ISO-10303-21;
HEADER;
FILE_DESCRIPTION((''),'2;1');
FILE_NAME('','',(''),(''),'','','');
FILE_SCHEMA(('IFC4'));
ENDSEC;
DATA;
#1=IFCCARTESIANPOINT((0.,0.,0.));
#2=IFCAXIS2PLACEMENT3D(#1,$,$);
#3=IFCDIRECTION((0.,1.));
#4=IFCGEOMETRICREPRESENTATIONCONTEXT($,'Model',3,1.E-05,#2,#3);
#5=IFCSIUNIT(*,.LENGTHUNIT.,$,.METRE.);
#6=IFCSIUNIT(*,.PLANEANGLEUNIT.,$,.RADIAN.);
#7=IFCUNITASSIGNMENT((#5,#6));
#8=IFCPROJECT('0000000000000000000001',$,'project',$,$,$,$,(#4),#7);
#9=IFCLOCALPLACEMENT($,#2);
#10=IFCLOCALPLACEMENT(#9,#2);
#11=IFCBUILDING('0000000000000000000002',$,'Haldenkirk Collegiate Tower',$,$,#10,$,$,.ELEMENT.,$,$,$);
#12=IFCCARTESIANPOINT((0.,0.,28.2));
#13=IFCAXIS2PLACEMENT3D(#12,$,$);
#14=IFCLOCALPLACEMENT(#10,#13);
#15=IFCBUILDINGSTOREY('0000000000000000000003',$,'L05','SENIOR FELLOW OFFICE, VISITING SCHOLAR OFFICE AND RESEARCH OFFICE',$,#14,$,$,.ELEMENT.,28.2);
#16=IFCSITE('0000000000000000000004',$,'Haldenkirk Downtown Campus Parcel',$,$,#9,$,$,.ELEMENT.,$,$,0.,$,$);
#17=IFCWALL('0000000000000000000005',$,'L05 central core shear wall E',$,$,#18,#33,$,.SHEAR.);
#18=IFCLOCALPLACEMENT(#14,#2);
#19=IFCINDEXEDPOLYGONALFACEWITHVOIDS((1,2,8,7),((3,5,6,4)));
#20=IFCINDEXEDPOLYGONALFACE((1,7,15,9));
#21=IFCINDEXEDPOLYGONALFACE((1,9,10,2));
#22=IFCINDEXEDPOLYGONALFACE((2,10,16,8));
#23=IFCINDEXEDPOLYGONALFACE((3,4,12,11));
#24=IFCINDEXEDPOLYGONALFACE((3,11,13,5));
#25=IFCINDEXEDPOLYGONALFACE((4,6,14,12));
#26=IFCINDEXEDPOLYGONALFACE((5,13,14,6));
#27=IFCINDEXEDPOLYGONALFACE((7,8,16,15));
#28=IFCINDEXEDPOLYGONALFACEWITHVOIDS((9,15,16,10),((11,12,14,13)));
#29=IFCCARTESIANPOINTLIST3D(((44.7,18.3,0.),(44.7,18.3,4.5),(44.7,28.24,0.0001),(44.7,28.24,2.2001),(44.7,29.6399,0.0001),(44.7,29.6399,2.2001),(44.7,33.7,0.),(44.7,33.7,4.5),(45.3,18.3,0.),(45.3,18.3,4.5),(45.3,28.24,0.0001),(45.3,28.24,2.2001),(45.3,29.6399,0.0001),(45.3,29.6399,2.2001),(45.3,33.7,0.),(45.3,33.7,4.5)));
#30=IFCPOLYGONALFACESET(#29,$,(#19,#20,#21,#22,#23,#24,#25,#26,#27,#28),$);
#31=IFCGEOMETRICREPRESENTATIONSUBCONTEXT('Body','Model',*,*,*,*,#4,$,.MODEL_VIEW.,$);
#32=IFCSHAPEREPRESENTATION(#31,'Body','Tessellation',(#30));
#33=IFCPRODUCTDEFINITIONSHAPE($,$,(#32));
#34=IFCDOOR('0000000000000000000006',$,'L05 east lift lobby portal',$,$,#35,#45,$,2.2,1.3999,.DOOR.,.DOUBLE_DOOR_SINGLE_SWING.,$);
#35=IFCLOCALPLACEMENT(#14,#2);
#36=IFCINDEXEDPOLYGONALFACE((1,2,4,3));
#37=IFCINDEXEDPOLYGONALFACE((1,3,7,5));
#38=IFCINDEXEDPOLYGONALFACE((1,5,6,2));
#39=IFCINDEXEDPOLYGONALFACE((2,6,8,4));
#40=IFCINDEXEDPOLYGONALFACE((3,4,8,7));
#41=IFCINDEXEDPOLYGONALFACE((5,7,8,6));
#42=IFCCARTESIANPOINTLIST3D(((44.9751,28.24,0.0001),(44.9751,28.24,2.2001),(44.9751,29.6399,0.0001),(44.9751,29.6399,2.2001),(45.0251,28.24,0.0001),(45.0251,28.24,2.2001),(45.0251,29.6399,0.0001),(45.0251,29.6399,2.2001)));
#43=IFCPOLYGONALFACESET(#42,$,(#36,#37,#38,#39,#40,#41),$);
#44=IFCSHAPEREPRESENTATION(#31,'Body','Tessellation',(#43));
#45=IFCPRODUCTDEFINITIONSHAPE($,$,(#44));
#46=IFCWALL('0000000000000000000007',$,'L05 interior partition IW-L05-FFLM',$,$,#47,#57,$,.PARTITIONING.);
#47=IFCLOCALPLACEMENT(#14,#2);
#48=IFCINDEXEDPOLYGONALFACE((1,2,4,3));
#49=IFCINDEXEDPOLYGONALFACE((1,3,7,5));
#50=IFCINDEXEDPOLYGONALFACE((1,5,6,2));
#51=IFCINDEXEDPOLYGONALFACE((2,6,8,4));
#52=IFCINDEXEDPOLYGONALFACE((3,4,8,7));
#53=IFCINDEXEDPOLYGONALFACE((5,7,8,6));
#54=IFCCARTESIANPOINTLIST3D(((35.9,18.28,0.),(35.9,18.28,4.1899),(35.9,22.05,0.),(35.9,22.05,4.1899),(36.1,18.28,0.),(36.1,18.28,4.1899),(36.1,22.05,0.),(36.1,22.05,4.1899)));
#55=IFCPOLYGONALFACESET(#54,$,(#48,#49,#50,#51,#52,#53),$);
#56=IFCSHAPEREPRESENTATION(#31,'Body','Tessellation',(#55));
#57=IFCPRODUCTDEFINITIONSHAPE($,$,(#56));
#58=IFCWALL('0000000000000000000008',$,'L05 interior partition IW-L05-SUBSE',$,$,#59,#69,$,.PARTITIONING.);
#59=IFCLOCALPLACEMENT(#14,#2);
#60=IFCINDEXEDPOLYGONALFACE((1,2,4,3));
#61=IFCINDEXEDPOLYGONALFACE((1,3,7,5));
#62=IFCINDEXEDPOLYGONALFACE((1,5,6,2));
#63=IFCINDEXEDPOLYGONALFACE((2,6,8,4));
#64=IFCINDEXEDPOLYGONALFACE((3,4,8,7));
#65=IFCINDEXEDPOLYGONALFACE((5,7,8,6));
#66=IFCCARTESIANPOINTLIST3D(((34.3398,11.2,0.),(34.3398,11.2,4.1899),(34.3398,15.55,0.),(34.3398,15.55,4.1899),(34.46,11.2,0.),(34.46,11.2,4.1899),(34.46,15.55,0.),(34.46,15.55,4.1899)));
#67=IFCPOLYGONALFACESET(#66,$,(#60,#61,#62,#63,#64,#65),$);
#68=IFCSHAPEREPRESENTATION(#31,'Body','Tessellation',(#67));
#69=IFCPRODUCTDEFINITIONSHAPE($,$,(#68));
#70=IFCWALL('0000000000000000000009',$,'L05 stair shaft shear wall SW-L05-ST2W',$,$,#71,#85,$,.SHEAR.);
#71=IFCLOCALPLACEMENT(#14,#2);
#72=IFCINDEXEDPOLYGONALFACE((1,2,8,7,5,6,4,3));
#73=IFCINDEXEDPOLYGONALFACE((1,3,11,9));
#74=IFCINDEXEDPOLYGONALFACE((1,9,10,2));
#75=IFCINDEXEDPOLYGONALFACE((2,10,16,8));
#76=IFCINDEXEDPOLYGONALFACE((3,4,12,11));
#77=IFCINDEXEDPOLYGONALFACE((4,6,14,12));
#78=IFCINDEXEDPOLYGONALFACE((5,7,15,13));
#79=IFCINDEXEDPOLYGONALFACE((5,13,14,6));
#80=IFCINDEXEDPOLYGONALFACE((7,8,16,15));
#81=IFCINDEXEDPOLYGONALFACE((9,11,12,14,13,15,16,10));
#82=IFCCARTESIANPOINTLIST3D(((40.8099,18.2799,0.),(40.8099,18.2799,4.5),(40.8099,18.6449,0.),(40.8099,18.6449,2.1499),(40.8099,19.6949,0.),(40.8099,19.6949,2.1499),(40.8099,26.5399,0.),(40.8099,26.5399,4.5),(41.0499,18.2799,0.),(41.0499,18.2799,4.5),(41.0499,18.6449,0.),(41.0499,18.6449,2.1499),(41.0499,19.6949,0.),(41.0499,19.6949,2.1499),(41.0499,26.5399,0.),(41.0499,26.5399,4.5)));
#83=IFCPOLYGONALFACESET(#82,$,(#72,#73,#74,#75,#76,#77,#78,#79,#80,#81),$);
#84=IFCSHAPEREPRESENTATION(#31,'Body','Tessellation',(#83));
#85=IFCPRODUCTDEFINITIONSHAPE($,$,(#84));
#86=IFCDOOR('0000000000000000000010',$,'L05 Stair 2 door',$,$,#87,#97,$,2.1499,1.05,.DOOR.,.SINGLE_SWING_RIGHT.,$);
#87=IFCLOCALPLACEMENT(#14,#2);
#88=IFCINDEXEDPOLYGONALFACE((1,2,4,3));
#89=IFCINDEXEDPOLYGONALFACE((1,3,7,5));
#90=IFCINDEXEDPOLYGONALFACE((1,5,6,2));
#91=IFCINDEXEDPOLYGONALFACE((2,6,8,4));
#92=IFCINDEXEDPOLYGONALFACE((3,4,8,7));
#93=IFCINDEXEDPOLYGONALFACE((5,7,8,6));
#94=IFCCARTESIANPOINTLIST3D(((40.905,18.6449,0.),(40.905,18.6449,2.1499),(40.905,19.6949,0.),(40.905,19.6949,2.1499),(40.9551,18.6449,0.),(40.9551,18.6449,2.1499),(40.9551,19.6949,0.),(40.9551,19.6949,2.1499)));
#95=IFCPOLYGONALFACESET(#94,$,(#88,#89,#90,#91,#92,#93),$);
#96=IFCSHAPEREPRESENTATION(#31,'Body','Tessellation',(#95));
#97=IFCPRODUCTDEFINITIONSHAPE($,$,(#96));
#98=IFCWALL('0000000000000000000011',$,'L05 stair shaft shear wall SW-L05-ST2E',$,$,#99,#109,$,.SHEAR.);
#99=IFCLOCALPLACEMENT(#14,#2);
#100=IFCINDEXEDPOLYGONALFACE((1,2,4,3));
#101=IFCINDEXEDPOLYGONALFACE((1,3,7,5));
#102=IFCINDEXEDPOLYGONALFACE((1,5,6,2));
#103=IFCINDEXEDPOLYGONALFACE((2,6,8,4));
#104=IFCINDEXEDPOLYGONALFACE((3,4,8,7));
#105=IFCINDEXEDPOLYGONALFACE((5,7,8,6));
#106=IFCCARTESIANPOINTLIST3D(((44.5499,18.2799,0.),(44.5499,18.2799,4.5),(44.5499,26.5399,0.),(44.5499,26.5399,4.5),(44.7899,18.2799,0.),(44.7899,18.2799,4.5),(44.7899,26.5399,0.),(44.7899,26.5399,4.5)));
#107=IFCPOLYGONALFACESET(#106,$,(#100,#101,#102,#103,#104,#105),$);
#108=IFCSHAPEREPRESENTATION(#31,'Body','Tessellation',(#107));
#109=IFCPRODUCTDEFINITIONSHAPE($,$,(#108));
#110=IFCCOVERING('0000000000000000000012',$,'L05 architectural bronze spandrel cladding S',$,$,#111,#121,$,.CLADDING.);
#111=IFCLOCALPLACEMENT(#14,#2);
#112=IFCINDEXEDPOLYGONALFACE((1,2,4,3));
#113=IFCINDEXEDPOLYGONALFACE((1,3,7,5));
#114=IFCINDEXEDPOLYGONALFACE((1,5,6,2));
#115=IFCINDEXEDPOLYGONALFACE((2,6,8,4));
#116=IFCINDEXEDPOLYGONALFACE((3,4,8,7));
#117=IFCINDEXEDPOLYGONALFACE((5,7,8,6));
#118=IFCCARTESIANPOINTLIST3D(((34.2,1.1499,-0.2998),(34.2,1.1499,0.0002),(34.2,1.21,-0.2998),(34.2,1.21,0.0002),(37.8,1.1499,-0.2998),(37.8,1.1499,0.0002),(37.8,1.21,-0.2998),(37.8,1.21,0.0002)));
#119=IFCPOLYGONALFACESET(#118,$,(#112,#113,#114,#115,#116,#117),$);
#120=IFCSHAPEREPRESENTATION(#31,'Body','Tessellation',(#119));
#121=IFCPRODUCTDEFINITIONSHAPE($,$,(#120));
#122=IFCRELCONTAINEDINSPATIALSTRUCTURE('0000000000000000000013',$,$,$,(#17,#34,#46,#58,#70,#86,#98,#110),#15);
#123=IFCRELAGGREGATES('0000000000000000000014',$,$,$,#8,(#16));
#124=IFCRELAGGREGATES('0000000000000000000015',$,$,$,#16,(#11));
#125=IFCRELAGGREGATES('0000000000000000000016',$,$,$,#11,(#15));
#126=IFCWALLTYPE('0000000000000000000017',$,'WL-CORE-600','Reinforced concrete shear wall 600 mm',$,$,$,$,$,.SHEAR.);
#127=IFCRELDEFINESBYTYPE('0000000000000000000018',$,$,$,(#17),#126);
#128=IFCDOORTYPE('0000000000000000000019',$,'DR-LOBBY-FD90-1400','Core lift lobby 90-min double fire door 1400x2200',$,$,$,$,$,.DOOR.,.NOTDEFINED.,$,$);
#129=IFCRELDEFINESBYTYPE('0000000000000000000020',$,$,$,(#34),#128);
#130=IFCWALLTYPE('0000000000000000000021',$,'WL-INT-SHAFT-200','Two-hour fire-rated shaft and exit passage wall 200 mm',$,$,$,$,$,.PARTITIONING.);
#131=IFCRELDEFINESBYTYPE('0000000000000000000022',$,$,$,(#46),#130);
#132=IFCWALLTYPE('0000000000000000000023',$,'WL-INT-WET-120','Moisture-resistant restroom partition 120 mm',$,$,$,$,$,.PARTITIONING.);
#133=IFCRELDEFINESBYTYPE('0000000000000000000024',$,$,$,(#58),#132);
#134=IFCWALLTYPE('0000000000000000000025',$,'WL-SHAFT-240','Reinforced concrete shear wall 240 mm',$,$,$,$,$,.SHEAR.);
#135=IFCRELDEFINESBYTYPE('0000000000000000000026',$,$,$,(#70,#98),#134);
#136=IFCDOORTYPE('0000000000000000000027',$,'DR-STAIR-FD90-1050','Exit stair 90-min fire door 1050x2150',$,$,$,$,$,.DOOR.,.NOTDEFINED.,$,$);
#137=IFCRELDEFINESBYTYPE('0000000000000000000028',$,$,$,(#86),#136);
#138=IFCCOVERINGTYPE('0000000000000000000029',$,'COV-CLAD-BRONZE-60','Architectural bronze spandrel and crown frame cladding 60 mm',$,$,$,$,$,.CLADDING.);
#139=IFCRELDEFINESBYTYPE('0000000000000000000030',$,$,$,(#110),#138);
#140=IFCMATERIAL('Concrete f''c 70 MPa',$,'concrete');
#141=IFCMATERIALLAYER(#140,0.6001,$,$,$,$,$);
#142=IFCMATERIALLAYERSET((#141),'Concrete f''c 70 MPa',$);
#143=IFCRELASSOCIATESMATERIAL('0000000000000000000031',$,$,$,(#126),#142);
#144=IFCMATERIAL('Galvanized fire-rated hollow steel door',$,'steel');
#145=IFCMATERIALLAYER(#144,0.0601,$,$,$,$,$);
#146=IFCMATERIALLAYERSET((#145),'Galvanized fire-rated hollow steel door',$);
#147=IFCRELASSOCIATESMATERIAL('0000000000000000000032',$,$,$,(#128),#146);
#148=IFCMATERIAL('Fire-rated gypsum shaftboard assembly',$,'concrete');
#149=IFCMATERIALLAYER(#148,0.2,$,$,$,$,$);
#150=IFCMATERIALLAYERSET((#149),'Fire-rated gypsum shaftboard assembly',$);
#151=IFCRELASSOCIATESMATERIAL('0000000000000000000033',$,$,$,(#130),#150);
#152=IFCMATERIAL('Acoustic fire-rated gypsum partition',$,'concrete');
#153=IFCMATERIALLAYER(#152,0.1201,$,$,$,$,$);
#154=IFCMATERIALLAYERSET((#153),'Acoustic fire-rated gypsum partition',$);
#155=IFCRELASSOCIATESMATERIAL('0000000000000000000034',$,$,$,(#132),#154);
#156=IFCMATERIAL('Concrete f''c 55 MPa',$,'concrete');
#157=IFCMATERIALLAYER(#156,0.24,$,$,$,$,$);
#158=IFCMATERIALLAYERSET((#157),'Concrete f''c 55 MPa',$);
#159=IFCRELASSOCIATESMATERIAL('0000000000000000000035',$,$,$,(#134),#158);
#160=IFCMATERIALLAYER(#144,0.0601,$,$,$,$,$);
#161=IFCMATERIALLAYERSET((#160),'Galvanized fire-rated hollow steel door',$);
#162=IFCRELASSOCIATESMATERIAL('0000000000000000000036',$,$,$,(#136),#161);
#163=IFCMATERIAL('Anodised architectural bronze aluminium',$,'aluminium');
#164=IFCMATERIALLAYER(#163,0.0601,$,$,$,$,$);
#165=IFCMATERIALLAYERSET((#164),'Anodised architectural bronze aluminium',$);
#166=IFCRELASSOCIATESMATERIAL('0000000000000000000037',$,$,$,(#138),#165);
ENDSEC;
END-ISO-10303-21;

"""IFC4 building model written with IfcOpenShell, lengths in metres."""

from ifc_helpers import new_model, si_unit, direction, frame, frame_2d, origin, origin_2d, place, context, subcontext, project, spatial, rectangle, extrude, source, transform, mapped, material, layer, layer_set, type_object, element, fill, save


model = new_model("IFC4")

# Units and contexts
model_context = context("Model", 3, precision=1e-05, world=origin(), true_north=direction((0.0, 1.0)))
body_context = subcontext(model_context, "Body", "Model", "MODEL_VIEW")
ifc_project = project(units=[si_unit("LENGTHUNIT", "METRE"), si_unit("PLANEANGLEUNIT", "RADIAN")], contexts=[model_context])

# Site, building, storey
site_placement = place(None, origin())
site = spatial("IfcSite", under=ifc_project, at=site_placement, Name="Haldenkirk Downtown Campus Parcel", CompositionType="ELEMENT", RefElevation=0.0)
building_placement = place(site_placement, origin())
building = spatial("IfcBuilding", under=site, at=building_placement, Name="Haldenkirk Collegiate Tower", CompositionType="ELEMENT")
storey_placement = place(building_placement, frame((0.0, 0.0, 28.2)))
storey = spatial("IfcBuildingStorey", under=building, at=storey_placement, Name="L05", Description="SENIOR FELLOW OFFICE, VISITING SCHOLAR OFFICE AND RESEARCH OFFICE", CompositionType="ELEMENT", Elevation=28.2)

# Shared definitions
ifc_material_1 = material(Name="Anodised architectural bronze aluminium", Category="aluminium")

# Wall, opening, door
ifc_material_2 = material(Name="Concrete f'c 70 MPa", Category="concrete")
ifc_layer_1 = layer(ifc_material_2, 0.6001)
ifc_layer_set_1 = layer_set([ifc_layer_1], Name="Concrete f'c 70 MPa")
wall_type_1 = type_object("IfcWallType", Name="WL-CORE-600", Description="Reinforced concrete shear wall 600 mm", PredefinedType="SHEAR", material=ifc_layer_set_1)
wall_1_placement = place(storey_placement, frame((45.0, 18.3, 0.0), z_axis=(0.0, 0.0, 1.0), x_axis=(0.0, 1.0, 0.0)))
wall_1 = element("IfcWall", 1, at=wall_1_placement, inside=storey, type_object=wall_type_1, Name="L05 central core shear wall E", PredefinedType="SHEAR", context=body_context, shape_type="SweptSolid", body=[
    extrude(rectangle(XDim=15.3999, YDim=0.6001, at=frame_2d((7.7, 0.0))), origin(), (0.0, 0.0, 1.0), 4.5),
])
opening_1_placement = place(wall_1_placement, frame((9.9399, 0.0, 0.0)))
opening_1 = element("IfcOpeningElement", 2, at=opening_1_placement, cuts=wall_1, PredefinedType="OPENING", context=body_context, shape_type="SweptSolid", body=[
    extrude(rectangle(XDim=1.3999, YDim=2.2, at=frame_2d((0.7, 1.1001))), frame((0.0, 0.3101, 0.0), z_axis=(0.0, -1.0, 0.0), x_axis=(1.0, 0.0, 0.0)), (0.0, 0.0, 1.0), 0.6201),
])
ifc_material_3 = material(Name="Galvanized fire-rated hollow steel door", Category="steel")
ifc_layer_2 = layer(ifc_material_3, 0.0601)
ifc_layer_set_2 = layer_set([ifc_layer_2], Name="Galvanized fire-rated hollow steel door")
door_type_1 = type_object("IfcDoorType", Name="DR-LOBBY-FD90-1400", Description="Core lift lobby 90-min double fire door 1400x2200", OperationType="NOTDEFINED", PredefinedType="DOOR", material=ifc_layer_set_2)
door_1_placement = place(opening_1_placement, origin())
door_1 = element("IfcDoor", 3, at=door_1_placement, inside=storey, type_object=door_type_1, Name="L05 east lift lobby portal", OperationType="DOUBLE_DOOR_SINGLE_SWING", OverallHeight=2.2, OverallWidth=1.3999, PredefinedType="DOOR", context=body_context, shape_type="SweptSolid", body=[
    extrude(rectangle(XDim=1.3999, YDim=2.2, at=frame_2d((0.7, 1.1001))), frame((0.0, 0.0249, 0.0), z_axis=(0.0, -1.0, 0.0), x_axis=(1.0, 0.0, 0.0)), (0.0, 0.0, 1.0), 0.05),
])
fill(opening_1, door_1)

# Walls
ifc_material_4 = material(Name="Fire-rated gypsum shaftboard assembly", Category="concrete")
ifc_layer_3 = layer(ifc_material_4, 0.2)
ifc_layer_set_3 = layer_set([ifc_layer_3], Name="Fire-rated gypsum shaftboard assembly")
wall_type_2 = type_object("IfcWallType", Name="WL-INT-SHAFT-200", Description="Two-hour fire-rated shaft and exit passage wall 200 mm", PredefinedType="PARTITIONING", material=ifc_layer_set_3)
wall_2_placement = place(storey_placement, frame((36.0, 18.28, 0.0), z_axis=(0.0, 0.0, 1.0), x_axis=(0.0, 1.0, 0.0)))
element("IfcWall", 4, at=wall_2_placement, inside=storey, type_object=wall_type_2, Name="L05 interior partition IW-L05-FFLM", PredefinedType="PARTITIONING", context=body_context, shape_type="SweptSolid", body=[
    extrude(rectangle(XDim=3.77, YDim=0.2, at=frame_2d((1.885, 0.0))), origin(), (0.0, 0.0, 1.0), 4.1899),
])
ifc_material_5 = material(Name="Acoustic fire-rated gypsum partition", Category="concrete")
ifc_layer_4 = layer(ifc_material_5, 0.1201)
ifc_layer_set_4 = layer_set([ifc_layer_4], Name="Acoustic fire-rated gypsum partition")
wall_type_3 = type_object("IfcWallType", Name="WL-INT-WET-120", Description="Moisture-resistant restroom partition 120 mm", PredefinedType="PARTITIONING", material=ifc_layer_set_4)
wall_3_placement = place(storey_placement, frame((34.3999, 11.2, 0.0), z_axis=(0.0, 0.0, 1.0), x_axis=(0.0, 1.0, 0.0)))
element("IfcWall", 5, at=wall_3_placement, inside=storey, type_object=wall_type_3, Name="L05 interior partition IW-L05-SUBSE", PredefinedType="PARTITIONING", context=body_context, shape_type="SweptSolid", body=[
    extrude(rectangle(XDim=4.3501, YDim=0.1201, at=frame_2d((2.175, 0.0))), origin(), (0.0, 0.0, 1.0), 4.1899),
])

# Wall, opening, door
ifc_material_6 = material(Name="Concrete f'c 55 MPa", Category="concrete")
ifc_layer_5 = layer(ifc_material_6, 0.24)
ifc_layer_set_5 = layer_set([ifc_layer_5], Name="Concrete f'c 55 MPa")
wall_type_4 = type_object("IfcWallType", Name="WL-SHAFT-240", Description="Reinforced concrete shear wall 240 mm", PredefinedType="SHEAR", material=ifc_layer_set_5)
wall_4_placement = place(storey_placement, frame((40.9299, 18.28, 0.0), z_axis=(0.0, 0.0, 1.0), x_axis=(0.0, 1.0, 0.0)))
wall_4 = element("IfcWall", 6, at=wall_4_placement, inside=storey, type_object=wall_type_4, Name="L05 stair shaft shear wall SW-L05-ST2W", PredefinedType="SHEAR", context=body_context, shape_type="SweptSolid", body=[
    extrude(rectangle(XDim=8.26, YDim=0.24, at=frame_2d((4.1299, 0.0))), origin(), (0.0, 0.0, 1.0), 4.5),
])
opening_2_placement = place(wall_4_placement, frame((0.365, 0.0, 0.0)))
opening_2 = element("IfcOpeningElement", 7, at=opening_2_placement, cuts=wall_4, PredefinedType="OPENING", context=body_context, shape_type="SweptSolid", body=[
    extrude(rectangle(XDim=1.05, YDim=2.1499, at=frame_2d((0.5249, 1.075))), frame((0.0, 0.1299, 0.0), z_axis=(0.0, -1.0, 0.0), x_axis=(1.0, 0.0, 0.0)), (0.0, 0.0, 1.0), 0.26),
])
ifc_layer_6 = layer(ifc_material_3, 0.0601)
ifc_layer_set_6 = layer_set([ifc_layer_6], Name="Galvanized fire-rated hollow steel door")
door_type_2 = type_object("IfcDoorType", Name="DR-STAIR-FD90-1050", Description="Exit stair 90-min fire door 1050x2150", OperationType="NOTDEFINED", PredefinedType="DOOR", material=ifc_layer_set_6)
door_2_placement = place(opening_2_placement, origin())
door_2 = element("IfcDoor", 8, at=door_2_placement, inside=storey, type_object=door_type_2, Name="L05 Stair 2 door", OperationType="SINGLE_SWING_RIGHT", OverallHeight=2.1499, OverallWidth=1.05, PredefinedType="DOOR", context=body_context, shape_type="SweptSolid", body=[
    extrude(rectangle(XDim=1.05, YDim=2.1499, at=frame_2d((0.5249, 1.075))), frame((0.0, 0.0249, 0.0), z_axis=(0.0, -1.0, 0.0), x_axis=(1.0, 0.0, 0.0)), (0.0, 0.0, 1.0), 0.05),
])
fill(opening_2, door_2)

# Wall
wall_5_placement = place(storey_placement, frame((44.6699, 18.28, 0.0), z_axis=(0.0, 0.0, 1.0), x_axis=(0.0, 1.0, 0.0)))
element("IfcWall", 9, at=wall_5_placement, inside=storey, type_object=wall_type_4, Name="L05 stair shaft shear wall SW-L05-ST2E", PredefinedType="SHEAR", context=body_context, shape_type="SweptSolid", body=[
    extrude(rectangle(XDim=8.26, YDim=0.24, at=frame_2d((4.1299, 0.0))), origin(), (0.0, 0.0, 1.0), 4.5),
])

# Covering
ifc_layer_7 = layer(ifc_material_1, 0.0601)
ifc_layer_set_7 = layer_set([ifc_layer_7], Name="Anodised architectural bronze aluminium")
covering_type = type_object("IfcCoveringType", Name="COV-CLAD-BRONZE-60", Description="Architectural bronze spandrel and crown frame cladding 60 mm", PredefinedType="CLADDING", material=ifc_layer_set_7)
shared_shape_1 = source(origin(), body_context, "Body", "SweptSolid", [
    extrude(rectangle(XDim=3.6001, YDim=0.0601, at=origin_2d()), origin(), (0.0, 0.0, 1.0), 0.3),
])
covering_placement = place(storey_placement, frame((36.0, 1.1799, -0.2998), z_axis=(0.0, 0.0, 1.0), x_axis=(-1.0, 0.0, 0.0)))
element("IfcCovering", 10, at=covering_placement, inside=storey, type_object=covering_type, Name="L05 architectural bronze spandrel cladding S", PredefinedType="CLADDING", context=body_context, shape_type="MappedRepresentation", body=[
    mapped(shared_shape_1, transform((0.0, 0.0, 0.0), x_axis=(1.0, 0.0, 0.0), y_axis=(0.0, 1.0, 0.0), z_axis=(0.0, 0.0, 1.0), scale=1.0)),
])

save(model, "model.ifc")
